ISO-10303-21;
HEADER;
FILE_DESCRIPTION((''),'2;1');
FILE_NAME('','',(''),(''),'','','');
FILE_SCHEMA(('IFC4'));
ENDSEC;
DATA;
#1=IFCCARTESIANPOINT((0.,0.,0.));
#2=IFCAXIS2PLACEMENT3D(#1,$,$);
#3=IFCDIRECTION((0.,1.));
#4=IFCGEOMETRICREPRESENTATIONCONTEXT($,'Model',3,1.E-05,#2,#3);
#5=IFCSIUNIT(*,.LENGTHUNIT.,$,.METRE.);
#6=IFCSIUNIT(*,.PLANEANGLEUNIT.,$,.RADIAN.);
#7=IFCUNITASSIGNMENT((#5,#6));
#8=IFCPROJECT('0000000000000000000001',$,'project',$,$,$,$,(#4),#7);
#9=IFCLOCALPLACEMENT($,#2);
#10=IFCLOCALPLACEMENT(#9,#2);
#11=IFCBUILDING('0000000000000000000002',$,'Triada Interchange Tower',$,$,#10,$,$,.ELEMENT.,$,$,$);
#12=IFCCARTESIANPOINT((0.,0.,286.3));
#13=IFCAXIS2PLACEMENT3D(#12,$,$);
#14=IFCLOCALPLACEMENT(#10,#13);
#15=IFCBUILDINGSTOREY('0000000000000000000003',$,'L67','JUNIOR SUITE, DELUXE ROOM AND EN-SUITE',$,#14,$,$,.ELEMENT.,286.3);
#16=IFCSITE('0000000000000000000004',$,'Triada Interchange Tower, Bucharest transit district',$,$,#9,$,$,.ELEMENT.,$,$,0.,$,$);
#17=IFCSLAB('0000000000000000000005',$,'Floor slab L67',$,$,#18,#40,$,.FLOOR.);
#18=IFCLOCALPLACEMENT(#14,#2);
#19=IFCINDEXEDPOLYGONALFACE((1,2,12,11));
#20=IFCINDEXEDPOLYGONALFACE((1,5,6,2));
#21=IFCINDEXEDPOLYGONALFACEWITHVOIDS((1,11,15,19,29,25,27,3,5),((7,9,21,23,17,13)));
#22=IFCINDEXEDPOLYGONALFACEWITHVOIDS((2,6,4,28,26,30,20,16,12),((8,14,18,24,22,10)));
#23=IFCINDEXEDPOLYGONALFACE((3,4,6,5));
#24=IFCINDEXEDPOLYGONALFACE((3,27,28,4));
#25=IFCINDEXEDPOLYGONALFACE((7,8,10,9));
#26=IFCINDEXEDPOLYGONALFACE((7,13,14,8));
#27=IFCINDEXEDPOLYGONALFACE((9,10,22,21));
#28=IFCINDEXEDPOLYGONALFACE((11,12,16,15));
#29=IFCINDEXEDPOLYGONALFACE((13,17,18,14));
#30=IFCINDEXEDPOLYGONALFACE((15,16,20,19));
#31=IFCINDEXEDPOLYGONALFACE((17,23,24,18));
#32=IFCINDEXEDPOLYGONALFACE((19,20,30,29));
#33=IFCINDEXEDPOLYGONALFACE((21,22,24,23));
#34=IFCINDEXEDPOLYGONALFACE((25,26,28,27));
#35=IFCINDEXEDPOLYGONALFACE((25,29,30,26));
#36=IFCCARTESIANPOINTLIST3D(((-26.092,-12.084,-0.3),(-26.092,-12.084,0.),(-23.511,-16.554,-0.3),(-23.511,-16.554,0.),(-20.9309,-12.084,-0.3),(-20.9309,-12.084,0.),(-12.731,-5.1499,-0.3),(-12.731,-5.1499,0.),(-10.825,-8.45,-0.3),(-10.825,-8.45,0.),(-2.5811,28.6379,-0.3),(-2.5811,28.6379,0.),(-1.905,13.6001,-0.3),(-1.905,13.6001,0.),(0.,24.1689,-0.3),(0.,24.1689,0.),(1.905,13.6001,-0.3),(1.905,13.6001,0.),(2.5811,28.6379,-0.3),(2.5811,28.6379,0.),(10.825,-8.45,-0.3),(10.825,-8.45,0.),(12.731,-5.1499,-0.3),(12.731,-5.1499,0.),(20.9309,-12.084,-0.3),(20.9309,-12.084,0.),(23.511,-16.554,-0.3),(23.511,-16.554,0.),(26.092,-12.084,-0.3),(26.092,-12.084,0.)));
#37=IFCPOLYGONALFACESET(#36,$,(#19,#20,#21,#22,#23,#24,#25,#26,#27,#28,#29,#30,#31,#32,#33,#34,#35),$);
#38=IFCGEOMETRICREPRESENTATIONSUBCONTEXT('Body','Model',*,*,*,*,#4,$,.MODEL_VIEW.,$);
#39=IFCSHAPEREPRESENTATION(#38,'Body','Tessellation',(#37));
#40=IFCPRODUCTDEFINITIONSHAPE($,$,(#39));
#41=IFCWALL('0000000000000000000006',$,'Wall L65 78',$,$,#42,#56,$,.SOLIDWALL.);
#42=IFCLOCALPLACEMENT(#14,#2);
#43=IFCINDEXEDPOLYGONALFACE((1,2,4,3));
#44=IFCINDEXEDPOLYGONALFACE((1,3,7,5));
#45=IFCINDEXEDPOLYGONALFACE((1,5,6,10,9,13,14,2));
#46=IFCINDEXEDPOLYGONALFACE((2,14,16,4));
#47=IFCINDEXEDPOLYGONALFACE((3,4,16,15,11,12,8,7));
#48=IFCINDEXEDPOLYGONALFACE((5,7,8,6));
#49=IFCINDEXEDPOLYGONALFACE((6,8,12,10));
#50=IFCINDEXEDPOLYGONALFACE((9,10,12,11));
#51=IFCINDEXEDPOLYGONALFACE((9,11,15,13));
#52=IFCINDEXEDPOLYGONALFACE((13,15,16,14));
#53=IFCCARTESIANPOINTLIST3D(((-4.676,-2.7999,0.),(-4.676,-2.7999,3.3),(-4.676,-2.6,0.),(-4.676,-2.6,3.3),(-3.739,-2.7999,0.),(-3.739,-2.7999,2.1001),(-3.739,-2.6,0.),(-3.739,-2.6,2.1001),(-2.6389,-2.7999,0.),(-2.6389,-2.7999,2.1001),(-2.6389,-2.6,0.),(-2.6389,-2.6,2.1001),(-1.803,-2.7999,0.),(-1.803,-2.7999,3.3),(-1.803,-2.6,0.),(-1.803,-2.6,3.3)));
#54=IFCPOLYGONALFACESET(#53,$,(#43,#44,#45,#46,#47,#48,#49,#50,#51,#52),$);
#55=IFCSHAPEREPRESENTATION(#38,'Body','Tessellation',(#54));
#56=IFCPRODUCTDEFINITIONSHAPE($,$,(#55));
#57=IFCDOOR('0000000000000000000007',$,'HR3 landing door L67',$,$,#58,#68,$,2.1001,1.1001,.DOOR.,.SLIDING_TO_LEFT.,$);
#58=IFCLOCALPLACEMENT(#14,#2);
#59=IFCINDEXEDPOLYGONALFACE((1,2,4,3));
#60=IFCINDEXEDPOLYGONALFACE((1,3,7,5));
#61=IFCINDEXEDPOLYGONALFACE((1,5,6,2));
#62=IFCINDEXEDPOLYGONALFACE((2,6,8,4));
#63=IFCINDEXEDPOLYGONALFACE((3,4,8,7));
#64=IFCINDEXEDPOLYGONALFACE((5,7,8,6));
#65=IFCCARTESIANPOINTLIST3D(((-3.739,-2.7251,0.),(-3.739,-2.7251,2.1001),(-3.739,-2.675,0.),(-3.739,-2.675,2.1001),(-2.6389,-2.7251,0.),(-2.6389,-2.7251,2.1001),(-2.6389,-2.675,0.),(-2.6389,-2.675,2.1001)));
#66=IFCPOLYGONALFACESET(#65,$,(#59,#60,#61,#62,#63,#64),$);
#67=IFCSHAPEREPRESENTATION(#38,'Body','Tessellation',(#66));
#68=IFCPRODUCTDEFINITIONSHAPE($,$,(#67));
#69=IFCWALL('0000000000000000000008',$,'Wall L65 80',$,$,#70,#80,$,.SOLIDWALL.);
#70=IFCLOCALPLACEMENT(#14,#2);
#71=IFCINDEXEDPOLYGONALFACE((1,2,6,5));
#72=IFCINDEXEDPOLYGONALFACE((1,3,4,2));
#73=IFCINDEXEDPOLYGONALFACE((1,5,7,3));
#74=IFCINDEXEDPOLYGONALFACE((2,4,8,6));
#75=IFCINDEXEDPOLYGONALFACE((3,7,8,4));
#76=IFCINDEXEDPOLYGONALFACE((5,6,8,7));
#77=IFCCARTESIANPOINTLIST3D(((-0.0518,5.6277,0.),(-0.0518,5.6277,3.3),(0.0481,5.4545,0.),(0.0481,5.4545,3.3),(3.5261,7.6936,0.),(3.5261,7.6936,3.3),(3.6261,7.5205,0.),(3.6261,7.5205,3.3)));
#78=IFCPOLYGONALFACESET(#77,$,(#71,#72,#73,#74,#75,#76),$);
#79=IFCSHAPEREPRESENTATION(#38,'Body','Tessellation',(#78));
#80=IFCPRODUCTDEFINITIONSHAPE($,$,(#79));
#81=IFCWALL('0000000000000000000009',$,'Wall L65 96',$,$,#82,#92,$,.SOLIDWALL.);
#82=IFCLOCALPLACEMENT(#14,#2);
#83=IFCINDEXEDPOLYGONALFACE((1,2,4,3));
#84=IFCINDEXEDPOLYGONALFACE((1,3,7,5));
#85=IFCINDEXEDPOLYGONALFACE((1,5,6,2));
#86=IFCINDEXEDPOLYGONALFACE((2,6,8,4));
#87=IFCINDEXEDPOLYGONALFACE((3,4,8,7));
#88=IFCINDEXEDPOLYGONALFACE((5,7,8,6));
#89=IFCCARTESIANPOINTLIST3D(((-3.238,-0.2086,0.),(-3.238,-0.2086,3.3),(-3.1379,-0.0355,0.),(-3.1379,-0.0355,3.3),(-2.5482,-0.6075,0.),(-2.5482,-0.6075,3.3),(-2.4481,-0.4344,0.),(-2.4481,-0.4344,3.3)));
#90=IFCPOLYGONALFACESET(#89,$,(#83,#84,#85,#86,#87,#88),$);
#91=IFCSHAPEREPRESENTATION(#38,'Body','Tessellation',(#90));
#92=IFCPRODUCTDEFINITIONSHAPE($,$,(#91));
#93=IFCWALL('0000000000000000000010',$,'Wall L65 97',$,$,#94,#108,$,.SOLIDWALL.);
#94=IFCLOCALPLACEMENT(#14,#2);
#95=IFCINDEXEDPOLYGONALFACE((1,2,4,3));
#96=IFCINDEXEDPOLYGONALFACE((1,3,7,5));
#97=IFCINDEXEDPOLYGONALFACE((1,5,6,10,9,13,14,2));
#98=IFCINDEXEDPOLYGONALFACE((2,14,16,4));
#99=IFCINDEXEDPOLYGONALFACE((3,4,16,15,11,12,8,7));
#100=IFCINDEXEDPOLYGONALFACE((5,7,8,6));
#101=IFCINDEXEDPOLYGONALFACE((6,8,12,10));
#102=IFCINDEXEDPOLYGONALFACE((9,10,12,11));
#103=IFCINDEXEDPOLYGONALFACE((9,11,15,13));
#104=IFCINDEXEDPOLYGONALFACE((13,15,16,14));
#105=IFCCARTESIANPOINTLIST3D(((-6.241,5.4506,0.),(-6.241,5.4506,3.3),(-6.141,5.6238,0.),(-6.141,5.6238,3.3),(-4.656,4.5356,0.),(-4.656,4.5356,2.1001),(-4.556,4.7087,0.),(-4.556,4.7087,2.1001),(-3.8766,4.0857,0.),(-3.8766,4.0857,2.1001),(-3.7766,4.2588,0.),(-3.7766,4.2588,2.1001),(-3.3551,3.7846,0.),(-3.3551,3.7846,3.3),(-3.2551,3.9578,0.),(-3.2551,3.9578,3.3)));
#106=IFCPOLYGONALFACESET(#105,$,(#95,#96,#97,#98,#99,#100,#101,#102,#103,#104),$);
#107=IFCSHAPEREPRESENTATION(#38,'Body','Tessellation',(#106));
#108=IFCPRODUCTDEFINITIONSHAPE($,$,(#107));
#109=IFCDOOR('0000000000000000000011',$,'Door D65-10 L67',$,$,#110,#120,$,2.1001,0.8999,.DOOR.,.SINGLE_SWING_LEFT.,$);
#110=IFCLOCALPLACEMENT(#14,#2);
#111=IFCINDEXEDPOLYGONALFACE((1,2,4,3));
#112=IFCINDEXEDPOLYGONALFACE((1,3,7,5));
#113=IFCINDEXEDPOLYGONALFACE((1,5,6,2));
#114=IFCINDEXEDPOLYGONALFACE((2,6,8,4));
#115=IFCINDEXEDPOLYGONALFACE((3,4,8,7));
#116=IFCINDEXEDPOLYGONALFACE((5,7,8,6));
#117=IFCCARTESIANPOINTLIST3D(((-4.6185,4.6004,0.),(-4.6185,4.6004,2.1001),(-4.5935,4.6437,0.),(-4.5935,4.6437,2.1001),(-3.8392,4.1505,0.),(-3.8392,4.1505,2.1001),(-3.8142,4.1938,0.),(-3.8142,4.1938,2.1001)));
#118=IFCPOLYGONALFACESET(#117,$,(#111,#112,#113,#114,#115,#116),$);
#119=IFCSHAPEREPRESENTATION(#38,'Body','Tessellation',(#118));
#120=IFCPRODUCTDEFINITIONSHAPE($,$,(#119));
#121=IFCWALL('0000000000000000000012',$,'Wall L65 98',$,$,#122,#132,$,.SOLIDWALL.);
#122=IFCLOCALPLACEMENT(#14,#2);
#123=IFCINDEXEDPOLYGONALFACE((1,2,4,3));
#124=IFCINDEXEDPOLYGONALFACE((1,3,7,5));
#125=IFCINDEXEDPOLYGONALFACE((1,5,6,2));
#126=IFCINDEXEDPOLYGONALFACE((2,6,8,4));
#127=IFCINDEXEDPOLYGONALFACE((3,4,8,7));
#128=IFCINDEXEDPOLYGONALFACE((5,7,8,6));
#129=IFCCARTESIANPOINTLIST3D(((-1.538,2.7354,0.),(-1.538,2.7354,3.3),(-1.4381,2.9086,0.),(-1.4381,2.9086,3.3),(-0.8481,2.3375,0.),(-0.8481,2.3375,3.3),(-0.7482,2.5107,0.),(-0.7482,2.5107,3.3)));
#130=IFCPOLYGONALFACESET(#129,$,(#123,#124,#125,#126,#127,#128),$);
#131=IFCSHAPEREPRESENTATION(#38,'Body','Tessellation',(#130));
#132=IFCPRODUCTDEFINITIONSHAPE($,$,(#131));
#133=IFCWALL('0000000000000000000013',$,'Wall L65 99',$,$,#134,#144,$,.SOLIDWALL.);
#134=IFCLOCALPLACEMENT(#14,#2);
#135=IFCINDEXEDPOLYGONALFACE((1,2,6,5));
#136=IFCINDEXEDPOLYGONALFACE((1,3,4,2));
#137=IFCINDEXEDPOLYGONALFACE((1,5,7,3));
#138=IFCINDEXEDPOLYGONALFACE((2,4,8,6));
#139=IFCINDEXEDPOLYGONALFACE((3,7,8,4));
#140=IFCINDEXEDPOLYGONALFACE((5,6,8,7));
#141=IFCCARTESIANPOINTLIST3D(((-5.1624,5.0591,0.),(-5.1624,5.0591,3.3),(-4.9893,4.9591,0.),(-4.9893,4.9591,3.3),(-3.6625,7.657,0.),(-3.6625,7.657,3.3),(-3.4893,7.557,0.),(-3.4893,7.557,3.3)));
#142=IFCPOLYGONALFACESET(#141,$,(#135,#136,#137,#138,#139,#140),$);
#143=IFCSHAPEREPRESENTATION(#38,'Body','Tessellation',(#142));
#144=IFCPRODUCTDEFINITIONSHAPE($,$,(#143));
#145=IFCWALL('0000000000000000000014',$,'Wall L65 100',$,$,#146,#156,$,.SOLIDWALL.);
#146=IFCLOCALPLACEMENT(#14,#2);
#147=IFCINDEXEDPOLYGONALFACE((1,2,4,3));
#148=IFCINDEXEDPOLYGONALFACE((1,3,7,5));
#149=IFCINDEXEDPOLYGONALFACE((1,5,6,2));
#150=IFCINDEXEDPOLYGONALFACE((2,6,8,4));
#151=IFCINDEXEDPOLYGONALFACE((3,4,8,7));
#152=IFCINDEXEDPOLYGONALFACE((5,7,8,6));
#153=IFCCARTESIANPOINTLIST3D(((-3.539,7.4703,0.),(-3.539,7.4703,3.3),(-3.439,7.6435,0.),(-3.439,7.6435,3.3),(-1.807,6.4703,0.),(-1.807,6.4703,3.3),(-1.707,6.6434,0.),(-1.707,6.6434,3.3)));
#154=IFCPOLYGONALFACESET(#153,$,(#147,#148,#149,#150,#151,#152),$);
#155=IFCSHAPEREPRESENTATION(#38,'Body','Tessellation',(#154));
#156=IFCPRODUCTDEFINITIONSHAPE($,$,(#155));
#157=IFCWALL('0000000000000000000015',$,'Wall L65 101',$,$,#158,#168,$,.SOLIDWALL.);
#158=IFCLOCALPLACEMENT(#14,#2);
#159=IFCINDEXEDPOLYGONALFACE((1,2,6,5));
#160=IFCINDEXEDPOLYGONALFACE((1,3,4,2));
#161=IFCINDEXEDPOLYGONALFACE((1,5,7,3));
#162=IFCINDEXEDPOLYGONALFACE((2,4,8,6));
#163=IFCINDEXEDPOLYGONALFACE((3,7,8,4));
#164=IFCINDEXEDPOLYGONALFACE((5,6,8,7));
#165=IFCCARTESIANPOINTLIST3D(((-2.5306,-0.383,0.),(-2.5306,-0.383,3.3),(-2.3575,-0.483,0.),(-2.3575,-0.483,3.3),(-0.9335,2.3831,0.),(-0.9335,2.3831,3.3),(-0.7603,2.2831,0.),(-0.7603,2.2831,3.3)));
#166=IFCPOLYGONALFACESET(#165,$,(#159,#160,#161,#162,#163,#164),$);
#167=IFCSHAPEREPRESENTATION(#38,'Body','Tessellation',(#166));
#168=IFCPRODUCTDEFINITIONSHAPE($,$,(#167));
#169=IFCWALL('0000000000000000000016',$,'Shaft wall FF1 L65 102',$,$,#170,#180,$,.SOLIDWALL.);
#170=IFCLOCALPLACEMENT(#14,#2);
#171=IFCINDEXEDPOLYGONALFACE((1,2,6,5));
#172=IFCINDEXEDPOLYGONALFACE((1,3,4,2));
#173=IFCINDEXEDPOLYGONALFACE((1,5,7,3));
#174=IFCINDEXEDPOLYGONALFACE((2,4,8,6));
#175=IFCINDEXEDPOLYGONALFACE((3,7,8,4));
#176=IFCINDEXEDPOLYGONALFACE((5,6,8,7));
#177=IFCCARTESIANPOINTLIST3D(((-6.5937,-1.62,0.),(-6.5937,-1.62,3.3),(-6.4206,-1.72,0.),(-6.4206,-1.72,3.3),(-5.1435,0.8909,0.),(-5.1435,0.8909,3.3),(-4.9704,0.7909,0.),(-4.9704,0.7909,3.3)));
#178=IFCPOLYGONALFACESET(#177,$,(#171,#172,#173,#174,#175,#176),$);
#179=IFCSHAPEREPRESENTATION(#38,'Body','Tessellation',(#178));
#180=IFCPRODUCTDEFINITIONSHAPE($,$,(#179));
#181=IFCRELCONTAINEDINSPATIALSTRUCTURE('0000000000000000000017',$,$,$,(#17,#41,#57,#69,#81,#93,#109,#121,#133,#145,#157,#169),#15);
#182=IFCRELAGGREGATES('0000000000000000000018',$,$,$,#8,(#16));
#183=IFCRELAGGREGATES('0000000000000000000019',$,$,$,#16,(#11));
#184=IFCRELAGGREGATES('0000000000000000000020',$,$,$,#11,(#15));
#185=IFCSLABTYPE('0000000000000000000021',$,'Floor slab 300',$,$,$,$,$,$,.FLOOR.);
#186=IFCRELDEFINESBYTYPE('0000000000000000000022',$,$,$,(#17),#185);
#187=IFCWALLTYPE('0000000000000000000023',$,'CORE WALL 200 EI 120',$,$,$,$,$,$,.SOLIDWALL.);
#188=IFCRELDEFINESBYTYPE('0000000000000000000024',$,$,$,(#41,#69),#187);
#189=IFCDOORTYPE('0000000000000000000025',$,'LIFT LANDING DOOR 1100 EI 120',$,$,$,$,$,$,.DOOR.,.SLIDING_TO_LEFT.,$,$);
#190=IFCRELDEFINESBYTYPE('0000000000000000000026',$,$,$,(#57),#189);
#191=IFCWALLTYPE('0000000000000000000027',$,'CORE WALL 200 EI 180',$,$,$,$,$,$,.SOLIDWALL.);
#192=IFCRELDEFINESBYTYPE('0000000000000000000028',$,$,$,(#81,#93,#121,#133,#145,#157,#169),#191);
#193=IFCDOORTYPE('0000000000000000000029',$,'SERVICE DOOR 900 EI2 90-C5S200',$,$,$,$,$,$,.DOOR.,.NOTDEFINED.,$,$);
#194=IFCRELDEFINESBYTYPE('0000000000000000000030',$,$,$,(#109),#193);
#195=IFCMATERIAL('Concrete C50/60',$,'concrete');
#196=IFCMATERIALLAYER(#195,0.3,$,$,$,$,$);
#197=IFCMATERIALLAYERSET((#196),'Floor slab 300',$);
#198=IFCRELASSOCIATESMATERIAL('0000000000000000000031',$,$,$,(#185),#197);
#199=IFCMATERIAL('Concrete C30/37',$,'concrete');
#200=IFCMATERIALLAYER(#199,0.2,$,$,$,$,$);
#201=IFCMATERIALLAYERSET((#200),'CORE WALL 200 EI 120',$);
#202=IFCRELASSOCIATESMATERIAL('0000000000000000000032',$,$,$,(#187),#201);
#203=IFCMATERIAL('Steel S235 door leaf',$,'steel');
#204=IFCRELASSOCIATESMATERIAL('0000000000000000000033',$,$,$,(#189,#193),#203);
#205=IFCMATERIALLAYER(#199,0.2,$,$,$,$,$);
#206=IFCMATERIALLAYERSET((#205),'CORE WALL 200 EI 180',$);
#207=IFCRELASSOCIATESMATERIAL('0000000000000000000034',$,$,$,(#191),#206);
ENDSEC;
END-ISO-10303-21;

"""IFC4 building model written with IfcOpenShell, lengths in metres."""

from ifc_helpers import new_model, si_unit, direction, frame, frame_2d, origin, place, context, subcontext, project, spatial, polyline, rectangle, outline, extrude, material, layer, layer_set, type_object, element, fill, save


model = new_model("IFC4")

# Units and contexts
model_context = context("Model", 3, precision=1e-05, world=origin(), true_north=direction((0.0, 1.0)))
body_context = subcontext(model_context, "Body", "Model", "MODEL_VIEW")
ifc_project = project(units=[si_unit("LENGTHUNIT", "METRE"), si_unit("PLANEANGLEUNIT", "RADIAN")], contexts=[model_context])

# Site, building, storey
site_placement = place(None, origin())
site = spatial("IfcSite", under=ifc_project, at=site_placement, Name="Triada Interchange Tower, Bucharest transit district", CompositionType="ELEMENT", RefElevation=0.0)
building_placement = place(site_placement, origin())
building = spatial("IfcBuilding", under=site, at=building_placement, Name="Triada Interchange Tower", CompositionType="ELEMENT")
storey_placement = place(building_placement, frame((0.0, 0.0, 286.3)))
storey = spatial("IfcBuildingStorey", under=building, at=storey_placement, Name="L67", Description="JUNIOR SUITE, DELUXE ROOM AND EN-SUITE", CompositionType="ELEMENT", Elevation=286.3)

# Slab
ifc_material_1 = material(Name="Concrete C50/60", Category="concrete")
ifc_layer_1 = layer(ifc_material_1, 0.3)
ifc_layer_set_1 = layer_set([ifc_layer_1], Name="Floor slab 300")
slab_type = type_object("IfcSlabType", Name="Floor slab 300", PredefinedType="FLOOR", material=ifc_layer_set_1)
slab_placement = place(storey_placement, frame((0.0, 0.0, -0.3)))
element("IfcSlab", 1, at=slab_placement, inside=storey, type_object=slab_type, Name="Floor slab L67", PredefinedType="FLOOR", context=body_context, shape_type="SweptSolid", body=[
    extrude(outline(polyline([(-2.5811, 28.6379), (-26.092, -12.084), (-20.9309, -12.084), (-23.511, -16.554), (23.511, -16.554), (20.9309, -12.084), (26.092, -12.084), (2.5811, 28.6379), (0.0, 24.1689), (-2.5811, 28.6379)]), holes=[polyline([(1.905, 13.6001), (-1.905, 13.6001), (-12.731, -5.1499), (-10.825, -8.45), (10.825, -8.45), (12.731, -5.1499), (1.905, 13.6001)])]), origin(), (0.0, 0.0, 1.0), 0.3),
])

# Wall, opening, door
ifc_material_2 = material(Name="Concrete C30/37", Category="concrete")
ifc_layer_2 = layer(ifc_material_2, 0.2)
ifc_layer_set_2 = layer_set([ifc_layer_2], Name="CORE WALL 200 EI 120")
wall_type_1 = type_object("IfcWallType", Name="CORE WALL 200 EI 120", PredefinedType="SOLIDWALL", material=ifc_layer_set_2)
wall_1_placement = place(storey_placement, frame((-4.676, -2.7, 0.0), z_axis=(0.0, 0.0, 1.0), x_axis=(1.0, 0.0, 0.0)))
wall_1 = element("IfcWall", 2, at=wall_1_placement, inside=storey, type_object=wall_type_1, Name="Wall L65 78", PredefinedType="SOLIDWALL", context=body_context, shape_type="SweptSolid", body=[
    extrude(rectangle(XDim=2.873, YDim=0.2, at=frame_2d((1.4365, 0.0))), origin(), (0.0, 0.0, 1.0), 3.3),
])
opening_1_placement = place(wall_1_placement, frame((0.937, 0.0, 0.0)))
opening_1 = element("IfcOpeningElement", 3, at=opening_1_placement, cuts=wall_1, PredefinedType="OPENING", context=body_context, shape_type="SweptSolid", body=[
    extrude(rectangle(XDim=1.1001, YDim=2.1001, at=frame_2d((0.55, 1.05))), frame((0.0, 0.1099, 0.0), z_axis=(0.0, -1.0, 0.0), x_axis=(1.0, 0.0, 0.0)), (0.0, 0.0, 1.0), 0.22),
])
ifc_material_3 = material(Name="Steel S235 door leaf", Category="steel")
door_type_1 = type_object("IfcDoorType", Name="LIFT LANDING DOOR 1100 EI 120", OperationType="SLIDING_TO_LEFT", PredefinedType="DOOR", material=ifc_material_3)
door_1_placement = place(opening_1_placement, origin())
door_1 = element("IfcDoor", 4, at=door_1_placement, inside=storey, type_object=door_type_1, Name="HR3 landing door L67", OperationType="SLIDING_TO_LEFT", OverallHeight=2.1001, OverallWidth=1.1001, PredefinedType="DOOR", context=body_context, shape_type="SweptSolid", body=[
    extrude(rectangle(XDim=1.1001, YDim=2.1001, at=frame_2d((0.55, 1.05))), frame((0.0, 0.0249, 0.0), z_axis=(0.0, -1.0, 0.0), x_axis=(1.0, 0.0, 0.0)), (0.0, 0.0, 1.0), 0.05),
])
fill(opening_1, door_1)

# Walls
wall_2_placement = place(storey_placement, frame((-0.002, 5.541, 0.0), z_axis=(0.0, 0.0, 1.0), x_axis=(0.866002, 0.500041, 0.0)))
element("IfcWall", 5, at=wall_2_placement, inside=storey, type_object=wall_type_1, Name="Wall L65 80", PredefinedType="SOLIDWALL", context=body_context, shape_type="SweptSolid", body=[
    extrude(rectangle(XDim=4.1316, YDim=0.2, at=frame_2d((2.0659, 0.0))), origin(), (0.0, 0.0, 1.0), 3.3),
])
ifc_layer_3 = layer(ifc_material_2, 0.2)
ifc_layer_set_3 = layer_set([ifc_layer_3], Name="CORE WALL 200 EI 180")
wall_type_2 = type_object("IfcWallType", Name="CORE WALL 200 EI 180", PredefinedType="SOLIDWALL", material=ifc_layer_set_3)
wall_3_placement = place(storey_placement, frame((-3.188, -0.1221, 0.0), z_axis=(0.0, 0.0, 1.0), x_axis=(0.865706, -0.500553, 0.0)))
element("IfcWall", 6, at=wall_3_placement, inside=storey, type_object=wall_type_2, Name="Wall L65 96", PredefinedType="SOLIDWALL", context=body_context, shape_type="SweptSolid", body=[
    extrude(rectangle(XDim=0.7969, YDim=0.2, at=frame_2d((0.3984, 0.0))), origin(), (0.0, 0.0, 1.0), 3.3),
])

# Wall, opening, door
wall_4_placement = place(storey_placement, frame((-6.1909, 5.5371, 0.0), z_axis=(0.0, 0.0, 1.0), x_axis=(0.866053, -0.499953, 0.0)))
wall_4 = element("IfcWall", 7, at=wall_4_placement, inside=storey, type_object=wall_type_2, Name="Wall L65 97", PredefinedType="SOLIDWALL", context=body_context, shape_type="SweptSolid", body=[
    extrude(rectangle(XDim=3.3323, YDim=0.2, at=frame_2d((1.666, 0.0))), origin(), (0.0, 0.0, 1.0), 3.3),
])
opening_2_placement = place(wall_4_placement, frame((1.8301, 0.0, 0.0)))
opening_2 = element("IfcOpeningElement", 8, at=opening_2_placement, cuts=wall_4, PredefinedType="OPENING", context=body_context, shape_type="SweptSolid", body=[
    extrude(rectangle(XDim=0.8999, YDim=2.1001, at=frame_2d((0.45, 1.05))), frame((0.0, 0.1099, 0.0), z_axis=(0.0, -1.0, 0.0), x_axis=(1.0, 0.0, 0.0)), (0.0, 0.0, 1.0), 0.22),
])
door_type_2 = type_object("IfcDoorType", Name="SERVICE DOOR 900 EI2 90-C5S200", OperationType="NOTDEFINED", PredefinedType="DOOR", material=ifc_material_3)
door_2_placement = place(opening_2_placement, origin())
door_2 = element("IfcDoor", 9, at=door_2_placement, inside=storey, type_object=door_type_2, Name="Door D65-10 L67", OperationType="SINGLE_SWING_LEFT", OverallHeight=2.1001, OverallWidth=0.8999, PredefinedType="DOOR", context=body_context, shape_type="SweptSolid", body=[
    extrude(rectangle(XDim=0.8999, YDim=2.1001, at=frame_2d((0.45, 1.05))), frame((0.0, 0.0249, 0.0), z_axis=(0.0, -1.0, 0.0), x_axis=(1.0, 0.0, 0.0)), (0.0, 0.0, 1.0), 0.05),
])
fill(opening_2, door_2)

# Walls
wall_5_placement = place(storey_placement, frame((-1.488, 2.822, 0.0), z_axis=(0.0, 0.0, 1.0), x_axis=(0.866237, -0.499634, 0.0)))
element("IfcWall", 10, at=wall_5_placement, inside=storey, type_object=wall_type_2, Name="Wall L65 98", PredefinedType="SOLIDWALL", context=body_context, shape_type="SweptSolid", body=[
    extrude(rectangle(XDim=0.7964, YDim=0.2, at=frame_2d((0.3982, 0.0))), origin(), (0.0, 0.0, 1.0), 3.3),
])
wall_6_placement = place(storey_placement, frame((-5.0759, 5.009, 0.0), z_axis=(0.0, 0.0, 1.0), x_axis=(0.500025, 0.866011, 0.0)))
element("IfcWall", 11, at=wall_6_placement, inside=storey, type_object=wall_type_2, Name="Wall L65 99", PredefinedType="SOLIDWALL", context=body_context, shape_type="SweptSolid", body=[
    extrude(rectangle(XDim=2.9998, YDim=0.2, at=frame_2d((1.5, 0.0))), origin(), (0.0, 0.0, 1.0), 3.3),
])
wall_7_placement = place(storey_placement, frame((-3.489, 7.5569, 0.0), z_axis=(0.0, 0.0, 1.0), x_axis=(0.866011, -0.500025, 0.0)))
element("IfcWall", 12, at=wall_7_placement, inside=storey, type_object=wall_type_2, Name="Wall L65 100", PredefinedType="SOLIDWALL", context=body_context, shape_type="SweptSolid", body=[
    extrude(rectangle(XDim=2.0, YDim=0.2, at=frame_2d((1.0, 0.0))), origin(), (0.0, 0.0, 1.0), 3.3),
])
wall_8_placement = place(storey_placement, frame((-2.4441, -0.4331, 0.0), z_axis=(0.0, 0.0, 1.0), x_axis=(0.500036, 0.866005, 0.0)))
element("IfcWall", 13, at=wall_8_placement, inside=storey, type_object=wall_type_2, Name="Wall L65 101", PredefinedType="SOLIDWALL", context=body_context, shape_type="SweptSolid", body=[
    extrude(rectangle(XDim=3.1941, YDim=0.2, at=frame_2d((1.5972, 0.0))), origin(), (0.0, 0.0, 1.0), 3.3),
])
wall_9_placement = place(storey_placement, frame((-6.5071, -1.6699, 0.0), z_axis=(0.0, 0.0, 1.0), x_axis=(0.500123, 0.865954, 0.0)))
element("IfcWall", 14, at=wall_9_placement, inside=storey, type_object=wall_type_2, Name="Shaft wall FF1 L65 102", PredefinedType="SOLIDWALL", context=body_context, shape_type="SweptSolid", body=[
    extrude(rectangle(XDim=2.8997, YDim=0.2, at=frame_2d((1.4497, 0.0))), origin(), (0.0, 0.0, 1.0), 3.3),
])

save(model, "model.ifc")
